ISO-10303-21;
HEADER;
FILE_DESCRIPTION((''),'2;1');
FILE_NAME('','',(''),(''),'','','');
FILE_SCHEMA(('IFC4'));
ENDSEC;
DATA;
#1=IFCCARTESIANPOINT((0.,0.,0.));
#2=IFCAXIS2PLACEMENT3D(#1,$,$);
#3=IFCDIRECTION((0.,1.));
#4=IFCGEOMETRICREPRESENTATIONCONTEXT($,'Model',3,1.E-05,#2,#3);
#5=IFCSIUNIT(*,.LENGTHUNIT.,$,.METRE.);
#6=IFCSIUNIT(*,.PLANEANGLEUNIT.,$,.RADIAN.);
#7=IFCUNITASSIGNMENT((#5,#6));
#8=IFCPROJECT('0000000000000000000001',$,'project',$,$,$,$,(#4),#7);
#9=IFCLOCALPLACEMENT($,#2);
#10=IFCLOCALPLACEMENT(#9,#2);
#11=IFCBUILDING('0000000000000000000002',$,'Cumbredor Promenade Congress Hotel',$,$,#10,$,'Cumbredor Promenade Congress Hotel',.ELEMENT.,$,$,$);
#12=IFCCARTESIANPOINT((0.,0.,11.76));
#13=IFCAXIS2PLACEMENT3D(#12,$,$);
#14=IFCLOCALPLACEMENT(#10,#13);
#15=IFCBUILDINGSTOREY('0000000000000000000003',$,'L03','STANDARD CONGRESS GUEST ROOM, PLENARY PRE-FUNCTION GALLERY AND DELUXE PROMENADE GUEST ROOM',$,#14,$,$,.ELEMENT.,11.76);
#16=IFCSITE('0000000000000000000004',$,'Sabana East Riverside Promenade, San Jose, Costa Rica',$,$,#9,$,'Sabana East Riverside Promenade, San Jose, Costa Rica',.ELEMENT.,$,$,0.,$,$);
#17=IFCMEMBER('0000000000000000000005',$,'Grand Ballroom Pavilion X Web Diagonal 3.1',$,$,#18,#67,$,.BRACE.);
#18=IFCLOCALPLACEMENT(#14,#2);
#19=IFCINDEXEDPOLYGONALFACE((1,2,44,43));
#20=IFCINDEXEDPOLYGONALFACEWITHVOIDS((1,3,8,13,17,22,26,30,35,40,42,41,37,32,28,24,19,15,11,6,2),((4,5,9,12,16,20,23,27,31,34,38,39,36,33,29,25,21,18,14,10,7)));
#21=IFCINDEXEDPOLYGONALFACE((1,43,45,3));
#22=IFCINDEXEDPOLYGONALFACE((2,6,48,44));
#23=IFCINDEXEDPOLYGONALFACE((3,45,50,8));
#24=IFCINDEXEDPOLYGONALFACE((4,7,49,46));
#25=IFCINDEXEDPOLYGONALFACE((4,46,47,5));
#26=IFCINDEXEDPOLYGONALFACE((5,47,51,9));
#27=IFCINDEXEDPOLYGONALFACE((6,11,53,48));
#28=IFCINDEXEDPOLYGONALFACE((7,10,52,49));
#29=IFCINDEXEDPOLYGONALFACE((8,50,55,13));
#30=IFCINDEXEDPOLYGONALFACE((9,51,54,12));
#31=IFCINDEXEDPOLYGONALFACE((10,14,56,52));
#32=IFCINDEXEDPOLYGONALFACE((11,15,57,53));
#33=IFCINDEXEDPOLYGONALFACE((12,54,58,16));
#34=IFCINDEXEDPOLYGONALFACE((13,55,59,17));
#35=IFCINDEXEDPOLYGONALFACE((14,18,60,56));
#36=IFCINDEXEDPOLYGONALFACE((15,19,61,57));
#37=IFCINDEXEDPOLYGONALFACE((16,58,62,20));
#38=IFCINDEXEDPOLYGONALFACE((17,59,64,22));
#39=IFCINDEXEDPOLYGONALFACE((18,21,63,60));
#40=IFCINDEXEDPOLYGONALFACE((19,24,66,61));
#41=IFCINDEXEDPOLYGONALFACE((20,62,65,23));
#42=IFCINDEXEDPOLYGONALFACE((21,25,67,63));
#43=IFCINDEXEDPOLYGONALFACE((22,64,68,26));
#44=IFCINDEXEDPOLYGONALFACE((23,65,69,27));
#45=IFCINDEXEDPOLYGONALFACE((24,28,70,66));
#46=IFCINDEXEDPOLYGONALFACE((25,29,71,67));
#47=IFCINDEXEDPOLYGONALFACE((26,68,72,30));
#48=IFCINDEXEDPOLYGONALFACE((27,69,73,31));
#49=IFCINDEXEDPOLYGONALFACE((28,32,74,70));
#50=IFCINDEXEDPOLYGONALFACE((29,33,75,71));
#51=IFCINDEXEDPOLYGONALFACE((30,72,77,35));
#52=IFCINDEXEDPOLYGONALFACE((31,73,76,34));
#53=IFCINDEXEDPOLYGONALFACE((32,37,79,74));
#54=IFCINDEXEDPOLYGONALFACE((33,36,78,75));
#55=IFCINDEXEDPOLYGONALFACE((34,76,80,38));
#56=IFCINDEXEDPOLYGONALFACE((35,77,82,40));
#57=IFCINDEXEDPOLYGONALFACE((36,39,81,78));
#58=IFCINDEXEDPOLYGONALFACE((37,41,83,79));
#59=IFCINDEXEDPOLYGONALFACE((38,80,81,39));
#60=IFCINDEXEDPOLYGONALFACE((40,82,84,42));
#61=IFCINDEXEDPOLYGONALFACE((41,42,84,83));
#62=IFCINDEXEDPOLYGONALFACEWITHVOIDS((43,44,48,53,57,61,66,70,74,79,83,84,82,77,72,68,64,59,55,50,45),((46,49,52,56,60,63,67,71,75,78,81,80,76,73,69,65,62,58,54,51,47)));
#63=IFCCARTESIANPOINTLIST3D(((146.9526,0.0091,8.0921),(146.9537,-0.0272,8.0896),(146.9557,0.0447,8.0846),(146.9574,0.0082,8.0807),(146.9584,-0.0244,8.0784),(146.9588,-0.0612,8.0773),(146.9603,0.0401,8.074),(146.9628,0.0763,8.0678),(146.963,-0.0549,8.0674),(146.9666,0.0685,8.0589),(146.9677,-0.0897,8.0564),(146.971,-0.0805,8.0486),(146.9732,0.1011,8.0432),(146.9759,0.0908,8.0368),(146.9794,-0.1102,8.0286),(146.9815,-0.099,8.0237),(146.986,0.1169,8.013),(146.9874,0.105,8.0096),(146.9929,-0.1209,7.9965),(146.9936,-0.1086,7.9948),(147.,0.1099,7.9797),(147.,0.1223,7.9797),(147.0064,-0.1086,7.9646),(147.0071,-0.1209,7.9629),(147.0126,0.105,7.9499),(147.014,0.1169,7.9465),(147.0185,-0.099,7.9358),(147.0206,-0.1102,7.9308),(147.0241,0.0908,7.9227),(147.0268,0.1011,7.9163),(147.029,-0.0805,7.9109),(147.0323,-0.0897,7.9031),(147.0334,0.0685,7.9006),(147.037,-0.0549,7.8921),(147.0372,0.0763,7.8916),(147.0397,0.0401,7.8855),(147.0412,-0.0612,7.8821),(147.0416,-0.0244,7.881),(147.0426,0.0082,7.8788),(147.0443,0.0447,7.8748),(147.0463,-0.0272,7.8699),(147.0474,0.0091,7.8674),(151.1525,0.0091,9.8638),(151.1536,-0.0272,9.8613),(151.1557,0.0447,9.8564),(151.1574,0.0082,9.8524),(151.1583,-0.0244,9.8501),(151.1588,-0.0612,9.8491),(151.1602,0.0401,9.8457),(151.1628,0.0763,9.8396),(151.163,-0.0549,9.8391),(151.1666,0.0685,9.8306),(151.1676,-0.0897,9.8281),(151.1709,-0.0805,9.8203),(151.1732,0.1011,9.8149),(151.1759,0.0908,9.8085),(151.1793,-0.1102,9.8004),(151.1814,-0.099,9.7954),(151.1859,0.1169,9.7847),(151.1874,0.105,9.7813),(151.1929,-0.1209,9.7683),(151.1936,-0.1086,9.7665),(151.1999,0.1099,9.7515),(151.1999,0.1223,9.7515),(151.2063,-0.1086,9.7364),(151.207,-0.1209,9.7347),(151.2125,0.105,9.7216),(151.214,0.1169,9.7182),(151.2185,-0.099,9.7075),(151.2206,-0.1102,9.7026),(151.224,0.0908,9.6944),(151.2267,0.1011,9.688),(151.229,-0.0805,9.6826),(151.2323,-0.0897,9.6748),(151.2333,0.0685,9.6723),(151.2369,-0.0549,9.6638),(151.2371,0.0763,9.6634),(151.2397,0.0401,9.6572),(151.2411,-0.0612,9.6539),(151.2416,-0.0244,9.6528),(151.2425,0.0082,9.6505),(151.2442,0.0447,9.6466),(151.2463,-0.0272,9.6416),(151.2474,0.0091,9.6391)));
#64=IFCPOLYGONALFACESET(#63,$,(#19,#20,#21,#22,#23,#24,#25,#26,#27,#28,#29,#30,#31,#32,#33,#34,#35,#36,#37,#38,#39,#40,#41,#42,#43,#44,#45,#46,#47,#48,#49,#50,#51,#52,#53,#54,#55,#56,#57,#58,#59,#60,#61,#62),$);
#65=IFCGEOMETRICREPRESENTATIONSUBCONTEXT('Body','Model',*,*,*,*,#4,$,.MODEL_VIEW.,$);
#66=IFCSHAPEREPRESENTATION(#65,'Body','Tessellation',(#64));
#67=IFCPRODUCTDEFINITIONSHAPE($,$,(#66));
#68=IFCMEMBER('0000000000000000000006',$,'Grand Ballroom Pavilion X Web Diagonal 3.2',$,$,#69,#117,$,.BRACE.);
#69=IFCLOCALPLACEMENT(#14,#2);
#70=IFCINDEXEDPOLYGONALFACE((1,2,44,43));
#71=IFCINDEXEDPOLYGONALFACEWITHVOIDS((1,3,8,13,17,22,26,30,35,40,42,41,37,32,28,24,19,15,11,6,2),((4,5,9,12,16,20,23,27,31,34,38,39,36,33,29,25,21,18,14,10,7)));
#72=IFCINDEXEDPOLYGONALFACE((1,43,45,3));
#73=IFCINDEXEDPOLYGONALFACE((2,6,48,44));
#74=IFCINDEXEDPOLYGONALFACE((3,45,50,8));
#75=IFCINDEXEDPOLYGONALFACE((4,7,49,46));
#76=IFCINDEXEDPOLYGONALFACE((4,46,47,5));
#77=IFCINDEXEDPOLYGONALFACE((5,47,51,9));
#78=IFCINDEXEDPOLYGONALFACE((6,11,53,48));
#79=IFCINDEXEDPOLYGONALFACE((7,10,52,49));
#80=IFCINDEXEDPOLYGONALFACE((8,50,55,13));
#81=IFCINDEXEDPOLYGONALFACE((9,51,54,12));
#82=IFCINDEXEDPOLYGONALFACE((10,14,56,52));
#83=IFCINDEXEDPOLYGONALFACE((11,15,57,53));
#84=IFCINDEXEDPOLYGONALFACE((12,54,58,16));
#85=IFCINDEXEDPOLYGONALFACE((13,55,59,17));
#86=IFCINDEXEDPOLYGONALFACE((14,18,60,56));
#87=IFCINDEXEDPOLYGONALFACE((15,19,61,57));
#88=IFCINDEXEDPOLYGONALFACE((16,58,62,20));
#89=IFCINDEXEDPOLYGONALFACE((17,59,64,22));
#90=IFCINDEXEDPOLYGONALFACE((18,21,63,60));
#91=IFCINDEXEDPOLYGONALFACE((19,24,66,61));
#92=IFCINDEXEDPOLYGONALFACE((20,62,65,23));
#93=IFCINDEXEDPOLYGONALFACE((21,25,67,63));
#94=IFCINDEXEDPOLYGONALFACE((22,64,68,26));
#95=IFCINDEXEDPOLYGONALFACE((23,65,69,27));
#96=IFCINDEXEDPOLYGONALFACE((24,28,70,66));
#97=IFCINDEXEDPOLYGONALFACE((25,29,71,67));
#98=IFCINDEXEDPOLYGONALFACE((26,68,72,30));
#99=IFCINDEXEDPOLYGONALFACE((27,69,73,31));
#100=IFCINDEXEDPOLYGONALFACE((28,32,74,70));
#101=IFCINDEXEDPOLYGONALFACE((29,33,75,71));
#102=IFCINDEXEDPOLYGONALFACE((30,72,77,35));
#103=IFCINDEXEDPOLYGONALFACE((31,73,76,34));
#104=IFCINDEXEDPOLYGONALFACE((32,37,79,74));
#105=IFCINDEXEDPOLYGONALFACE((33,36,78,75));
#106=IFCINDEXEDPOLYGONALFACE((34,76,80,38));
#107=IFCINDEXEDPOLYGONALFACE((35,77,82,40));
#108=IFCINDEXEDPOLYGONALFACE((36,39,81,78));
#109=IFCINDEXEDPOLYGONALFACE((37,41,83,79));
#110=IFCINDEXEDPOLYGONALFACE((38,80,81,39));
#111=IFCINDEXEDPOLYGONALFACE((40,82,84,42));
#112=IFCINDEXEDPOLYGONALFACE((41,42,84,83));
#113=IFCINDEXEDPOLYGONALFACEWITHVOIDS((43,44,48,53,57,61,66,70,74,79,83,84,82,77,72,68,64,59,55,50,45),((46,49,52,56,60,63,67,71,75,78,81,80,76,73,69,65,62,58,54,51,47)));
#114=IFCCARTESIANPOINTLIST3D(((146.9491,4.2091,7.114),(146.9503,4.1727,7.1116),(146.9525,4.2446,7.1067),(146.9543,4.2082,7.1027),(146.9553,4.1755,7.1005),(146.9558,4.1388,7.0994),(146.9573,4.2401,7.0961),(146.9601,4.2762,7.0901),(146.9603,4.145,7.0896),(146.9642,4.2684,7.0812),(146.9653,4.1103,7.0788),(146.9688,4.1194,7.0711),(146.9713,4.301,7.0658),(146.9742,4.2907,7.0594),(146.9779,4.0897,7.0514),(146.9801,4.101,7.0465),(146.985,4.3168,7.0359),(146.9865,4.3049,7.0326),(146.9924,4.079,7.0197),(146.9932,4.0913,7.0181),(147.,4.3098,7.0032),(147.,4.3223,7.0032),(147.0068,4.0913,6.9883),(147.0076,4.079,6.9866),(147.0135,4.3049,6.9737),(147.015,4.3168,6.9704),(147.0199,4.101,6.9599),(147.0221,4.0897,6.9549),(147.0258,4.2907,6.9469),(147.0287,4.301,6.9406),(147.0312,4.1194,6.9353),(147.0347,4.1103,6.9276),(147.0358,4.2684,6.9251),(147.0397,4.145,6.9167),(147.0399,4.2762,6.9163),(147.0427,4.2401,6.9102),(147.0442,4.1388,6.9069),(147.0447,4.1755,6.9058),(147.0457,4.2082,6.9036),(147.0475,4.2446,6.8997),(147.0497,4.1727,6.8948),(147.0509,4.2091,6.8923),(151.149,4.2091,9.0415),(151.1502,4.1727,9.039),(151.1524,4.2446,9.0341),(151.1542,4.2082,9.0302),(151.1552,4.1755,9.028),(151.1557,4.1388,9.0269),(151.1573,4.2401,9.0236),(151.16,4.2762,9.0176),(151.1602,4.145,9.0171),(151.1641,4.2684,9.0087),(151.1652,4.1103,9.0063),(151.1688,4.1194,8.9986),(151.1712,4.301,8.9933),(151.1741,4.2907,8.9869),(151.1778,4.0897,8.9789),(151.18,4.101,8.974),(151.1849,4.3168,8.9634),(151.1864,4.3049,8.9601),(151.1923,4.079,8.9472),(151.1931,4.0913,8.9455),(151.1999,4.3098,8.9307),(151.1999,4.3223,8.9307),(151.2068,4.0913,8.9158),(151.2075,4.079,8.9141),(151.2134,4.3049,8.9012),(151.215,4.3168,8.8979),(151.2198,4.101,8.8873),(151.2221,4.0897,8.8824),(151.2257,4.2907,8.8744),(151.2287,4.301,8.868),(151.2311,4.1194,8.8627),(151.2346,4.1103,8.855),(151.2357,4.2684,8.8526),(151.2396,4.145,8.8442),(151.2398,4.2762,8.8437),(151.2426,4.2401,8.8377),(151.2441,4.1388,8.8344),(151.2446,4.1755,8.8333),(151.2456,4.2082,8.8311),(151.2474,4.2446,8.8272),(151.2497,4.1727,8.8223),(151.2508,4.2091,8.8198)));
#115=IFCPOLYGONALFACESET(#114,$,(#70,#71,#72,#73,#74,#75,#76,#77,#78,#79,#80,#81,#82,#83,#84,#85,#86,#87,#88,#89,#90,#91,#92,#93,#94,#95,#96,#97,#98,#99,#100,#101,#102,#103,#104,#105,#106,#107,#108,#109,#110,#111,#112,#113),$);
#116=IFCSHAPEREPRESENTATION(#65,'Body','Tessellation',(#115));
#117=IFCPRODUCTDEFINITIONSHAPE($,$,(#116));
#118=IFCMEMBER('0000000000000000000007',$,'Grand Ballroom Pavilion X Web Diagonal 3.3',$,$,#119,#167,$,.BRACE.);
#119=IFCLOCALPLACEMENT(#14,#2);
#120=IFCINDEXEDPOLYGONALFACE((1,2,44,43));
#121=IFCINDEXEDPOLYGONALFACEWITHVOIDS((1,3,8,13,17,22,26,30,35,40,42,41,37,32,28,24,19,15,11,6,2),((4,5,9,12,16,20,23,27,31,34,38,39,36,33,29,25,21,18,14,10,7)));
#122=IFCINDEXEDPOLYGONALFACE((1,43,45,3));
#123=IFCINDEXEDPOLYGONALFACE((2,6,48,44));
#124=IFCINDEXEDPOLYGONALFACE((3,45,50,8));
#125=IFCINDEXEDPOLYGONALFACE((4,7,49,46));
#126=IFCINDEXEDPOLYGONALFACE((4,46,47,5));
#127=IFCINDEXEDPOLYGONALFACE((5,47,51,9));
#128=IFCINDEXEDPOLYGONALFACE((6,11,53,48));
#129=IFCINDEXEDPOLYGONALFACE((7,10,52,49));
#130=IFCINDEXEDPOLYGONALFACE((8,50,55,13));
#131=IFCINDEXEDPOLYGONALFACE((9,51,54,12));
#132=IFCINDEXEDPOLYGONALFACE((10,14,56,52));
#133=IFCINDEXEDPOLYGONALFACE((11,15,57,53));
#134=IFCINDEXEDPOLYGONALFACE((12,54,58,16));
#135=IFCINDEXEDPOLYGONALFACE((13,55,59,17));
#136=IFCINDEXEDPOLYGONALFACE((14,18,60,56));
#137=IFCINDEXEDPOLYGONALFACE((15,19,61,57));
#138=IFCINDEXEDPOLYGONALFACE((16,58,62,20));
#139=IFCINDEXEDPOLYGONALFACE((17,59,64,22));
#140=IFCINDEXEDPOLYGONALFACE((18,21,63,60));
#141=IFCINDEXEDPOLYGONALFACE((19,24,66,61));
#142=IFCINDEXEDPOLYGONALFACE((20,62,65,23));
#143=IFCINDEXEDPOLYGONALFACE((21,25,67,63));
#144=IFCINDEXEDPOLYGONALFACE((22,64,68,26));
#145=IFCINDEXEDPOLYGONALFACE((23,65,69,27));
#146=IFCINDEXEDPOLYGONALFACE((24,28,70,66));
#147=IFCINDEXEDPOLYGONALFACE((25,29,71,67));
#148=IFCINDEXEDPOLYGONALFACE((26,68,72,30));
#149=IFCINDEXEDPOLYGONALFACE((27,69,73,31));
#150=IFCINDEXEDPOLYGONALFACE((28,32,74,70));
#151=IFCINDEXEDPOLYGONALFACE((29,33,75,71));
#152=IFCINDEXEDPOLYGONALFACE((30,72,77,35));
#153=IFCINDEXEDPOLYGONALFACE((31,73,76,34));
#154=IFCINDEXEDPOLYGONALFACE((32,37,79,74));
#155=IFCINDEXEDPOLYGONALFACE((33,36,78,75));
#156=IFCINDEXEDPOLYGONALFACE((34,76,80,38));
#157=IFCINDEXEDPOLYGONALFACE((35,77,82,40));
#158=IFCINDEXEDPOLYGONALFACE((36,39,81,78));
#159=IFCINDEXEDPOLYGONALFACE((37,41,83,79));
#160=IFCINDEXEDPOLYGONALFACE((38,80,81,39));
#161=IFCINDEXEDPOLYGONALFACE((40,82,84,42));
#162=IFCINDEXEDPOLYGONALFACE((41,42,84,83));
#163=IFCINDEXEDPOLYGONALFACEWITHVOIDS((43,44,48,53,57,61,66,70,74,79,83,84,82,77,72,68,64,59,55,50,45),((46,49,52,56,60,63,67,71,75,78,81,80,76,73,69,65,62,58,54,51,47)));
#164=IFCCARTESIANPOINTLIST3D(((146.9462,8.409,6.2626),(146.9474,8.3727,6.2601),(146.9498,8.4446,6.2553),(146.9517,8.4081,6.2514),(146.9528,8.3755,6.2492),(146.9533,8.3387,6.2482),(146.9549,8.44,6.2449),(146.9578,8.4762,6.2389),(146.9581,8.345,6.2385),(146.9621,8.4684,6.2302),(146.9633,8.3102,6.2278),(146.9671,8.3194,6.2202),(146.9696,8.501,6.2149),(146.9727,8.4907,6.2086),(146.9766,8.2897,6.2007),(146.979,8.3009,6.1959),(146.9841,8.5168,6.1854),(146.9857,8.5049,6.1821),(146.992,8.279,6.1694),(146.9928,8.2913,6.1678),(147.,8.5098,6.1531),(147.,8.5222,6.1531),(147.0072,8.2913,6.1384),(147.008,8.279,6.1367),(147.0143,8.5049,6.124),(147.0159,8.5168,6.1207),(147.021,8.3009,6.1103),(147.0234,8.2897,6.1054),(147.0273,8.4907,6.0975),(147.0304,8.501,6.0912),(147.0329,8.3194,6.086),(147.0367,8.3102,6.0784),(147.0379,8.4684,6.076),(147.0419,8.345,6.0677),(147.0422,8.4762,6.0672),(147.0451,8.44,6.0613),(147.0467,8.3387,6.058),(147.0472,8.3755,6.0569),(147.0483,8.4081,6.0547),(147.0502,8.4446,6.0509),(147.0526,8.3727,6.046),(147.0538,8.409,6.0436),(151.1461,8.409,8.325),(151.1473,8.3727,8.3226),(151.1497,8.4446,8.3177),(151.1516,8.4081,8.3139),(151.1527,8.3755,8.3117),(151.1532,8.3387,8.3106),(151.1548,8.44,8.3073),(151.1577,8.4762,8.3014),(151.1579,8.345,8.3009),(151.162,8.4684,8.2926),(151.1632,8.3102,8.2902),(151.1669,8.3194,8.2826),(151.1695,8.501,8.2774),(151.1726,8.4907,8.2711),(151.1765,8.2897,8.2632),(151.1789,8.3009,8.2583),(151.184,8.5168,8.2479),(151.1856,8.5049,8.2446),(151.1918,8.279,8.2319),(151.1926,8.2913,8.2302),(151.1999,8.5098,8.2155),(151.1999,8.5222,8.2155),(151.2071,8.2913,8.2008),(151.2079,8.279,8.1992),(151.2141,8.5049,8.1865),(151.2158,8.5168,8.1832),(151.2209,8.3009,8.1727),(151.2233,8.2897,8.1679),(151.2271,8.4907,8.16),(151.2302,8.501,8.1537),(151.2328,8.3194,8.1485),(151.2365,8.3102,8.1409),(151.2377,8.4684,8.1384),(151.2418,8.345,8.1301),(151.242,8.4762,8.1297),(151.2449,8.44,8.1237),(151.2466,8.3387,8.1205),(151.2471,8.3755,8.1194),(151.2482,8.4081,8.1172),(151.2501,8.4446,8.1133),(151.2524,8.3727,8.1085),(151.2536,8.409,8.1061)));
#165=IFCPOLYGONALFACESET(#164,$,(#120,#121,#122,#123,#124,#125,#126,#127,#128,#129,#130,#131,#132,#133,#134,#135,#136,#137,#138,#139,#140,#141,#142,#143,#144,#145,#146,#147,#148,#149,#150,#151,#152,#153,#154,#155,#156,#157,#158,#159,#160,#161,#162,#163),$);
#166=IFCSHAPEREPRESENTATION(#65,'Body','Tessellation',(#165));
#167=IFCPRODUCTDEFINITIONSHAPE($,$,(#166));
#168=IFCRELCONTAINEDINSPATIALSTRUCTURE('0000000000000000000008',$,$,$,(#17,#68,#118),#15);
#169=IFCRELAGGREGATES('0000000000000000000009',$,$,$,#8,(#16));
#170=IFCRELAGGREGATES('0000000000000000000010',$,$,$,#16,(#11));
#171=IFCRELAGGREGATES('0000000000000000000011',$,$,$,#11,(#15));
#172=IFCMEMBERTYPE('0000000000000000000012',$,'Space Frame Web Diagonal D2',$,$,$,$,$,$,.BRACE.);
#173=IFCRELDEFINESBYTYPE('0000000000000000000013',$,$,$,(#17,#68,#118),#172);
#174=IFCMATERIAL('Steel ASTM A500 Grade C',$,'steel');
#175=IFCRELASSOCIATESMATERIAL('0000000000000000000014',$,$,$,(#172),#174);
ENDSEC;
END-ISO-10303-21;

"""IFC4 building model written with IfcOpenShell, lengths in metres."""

from ifc_helpers import new_model, si_unit, direction, frame, origin, origin_2d, place, context, subcontext, project, spatial, hollow_circle, extrude, material, material_profile, profile_set, type_object, element, save


model = new_model("IFC4")

# Units and contexts
model_context = context("Model", 3, precision=1e-05, world=origin(), true_north=direction((0.0, 1.0)))
body_context = subcontext(model_context, "Body", "Model", "MODEL_VIEW")
ifc_project = project(units=[si_unit("LENGTHUNIT", "METRE"), si_unit("PLANEANGLEUNIT", "RADIAN")], contexts=[model_context])

# Site, building, storey
site_placement = place(None, origin())
site = spatial("IfcSite", under=ifc_project, at=site_placement, Name="Sabana East Riverside Promenade, San Jose, Costa Rica", LongName="Sabana East Riverside Promenade, San Jose, Costa Rica", CompositionType="ELEMENT", RefElevation=0.0)
building_placement = place(site_placement, origin())
building = spatial("IfcBuilding", under=site, at=building_placement, Name="Cumbredor Promenade Congress Hotel", LongName="Cumbredor Promenade Congress Hotel", CompositionType="ELEMENT")
storey_placement = place(building_placement, frame((0.0, 0.0, 11.76)))
storey = spatial("IfcBuildingStorey", under=building, at=storey_placement, Name="L03", Description="STANDARD CONGRESS GUEST ROOM, PLENARY PRE-FUNCTION GALLERY AND DELUXE PROMENADE GUEST ROOM", CompositionType="ELEMENT", Elevation=11.76)

# Shared definitions
ifc_material_1 = material(Name="Steel ASTM A500 Grade C", Category="steel")

# Members
ifc_material_profile_1 = material_profile(ifc_material_1, hollow_circle(Radius=0.1223, WallThickness=0.0125, at=origin_2d()), Name="CHS 244.5x12.5")
ifc_profile_set_1 = profile_set([ifc_material_profile_1], Name="Steel ASTM A500 Grade C")
member_type_1 = type_object("IfcMemberType", Name="Space Frame Web Diagonal D2", PredefinedType="BRACE", material=ifc_profile_set_1)
member_1_placement = place(storey_placement, frame((147.0, 0.0, 7.9797), z_axis=(0.921374, 0.0, 0.388677), x_axis=(0.0, 1.0, 0.0)))
element("IfcMember", 1, at=member_1_placement, inside=storey, type_object=member_type_1, Name="Grand Ballroom Pavilion X Web Diagonal 3.1", PredefinedType="BRACE", context=body_context, shape_type="SweptSolid", body=[
    extrude(hollow_circle(Radius=0.1223, WallThickness=0.0125, at=origin_2d()), origin(), (0.0, 0.0, 1.0), 4.5583),
])
member_2_placement = place(storey_placement, frame((147.0, 4.2, 7.0032), z_axis=(0.908859, 0.0, 0.417104), x_axis=(0.0, 1.0, 0.0)))
element("IfcMember", 2, at=member_2_placement, inside=storey, type_object=member_type_1, Name="Grand Ballroom Pavilion X Web Diagonal 3.2", PredefinedType="BRACE", context=body_context, shape_type="SweptSolid", body=[
    extrude(hollow_circle(Radius=0.1223, WallThickness=0.0125, at=origin_2d()), origin(), (0.0, 0.0, 1.0), 4.6211),
])
member_3_placement = place(storey_placement, frame((147.0, 8.3999, 6.1531), z_axis=(0.897608, 0.0, 0.440795), x_axis=(0.0, 1.0, 0.0)))
element("IfcMember", 3, at=member_3_placement, inside=storey, type_object=member_type_1, Name="Grand Ballroom Pavilion X Web Diagonal 3.3", PredefinedType="BRACE", context=body_context, shape_type="SweptSolid", body=[
    extrude(hollow_circle(Radius=0.1223, WallThickness=0.0125, at=origin_2d()), origin(), (0.0, 0.0, 1.0), 4.679),
])

save(model, "model.ifc")
